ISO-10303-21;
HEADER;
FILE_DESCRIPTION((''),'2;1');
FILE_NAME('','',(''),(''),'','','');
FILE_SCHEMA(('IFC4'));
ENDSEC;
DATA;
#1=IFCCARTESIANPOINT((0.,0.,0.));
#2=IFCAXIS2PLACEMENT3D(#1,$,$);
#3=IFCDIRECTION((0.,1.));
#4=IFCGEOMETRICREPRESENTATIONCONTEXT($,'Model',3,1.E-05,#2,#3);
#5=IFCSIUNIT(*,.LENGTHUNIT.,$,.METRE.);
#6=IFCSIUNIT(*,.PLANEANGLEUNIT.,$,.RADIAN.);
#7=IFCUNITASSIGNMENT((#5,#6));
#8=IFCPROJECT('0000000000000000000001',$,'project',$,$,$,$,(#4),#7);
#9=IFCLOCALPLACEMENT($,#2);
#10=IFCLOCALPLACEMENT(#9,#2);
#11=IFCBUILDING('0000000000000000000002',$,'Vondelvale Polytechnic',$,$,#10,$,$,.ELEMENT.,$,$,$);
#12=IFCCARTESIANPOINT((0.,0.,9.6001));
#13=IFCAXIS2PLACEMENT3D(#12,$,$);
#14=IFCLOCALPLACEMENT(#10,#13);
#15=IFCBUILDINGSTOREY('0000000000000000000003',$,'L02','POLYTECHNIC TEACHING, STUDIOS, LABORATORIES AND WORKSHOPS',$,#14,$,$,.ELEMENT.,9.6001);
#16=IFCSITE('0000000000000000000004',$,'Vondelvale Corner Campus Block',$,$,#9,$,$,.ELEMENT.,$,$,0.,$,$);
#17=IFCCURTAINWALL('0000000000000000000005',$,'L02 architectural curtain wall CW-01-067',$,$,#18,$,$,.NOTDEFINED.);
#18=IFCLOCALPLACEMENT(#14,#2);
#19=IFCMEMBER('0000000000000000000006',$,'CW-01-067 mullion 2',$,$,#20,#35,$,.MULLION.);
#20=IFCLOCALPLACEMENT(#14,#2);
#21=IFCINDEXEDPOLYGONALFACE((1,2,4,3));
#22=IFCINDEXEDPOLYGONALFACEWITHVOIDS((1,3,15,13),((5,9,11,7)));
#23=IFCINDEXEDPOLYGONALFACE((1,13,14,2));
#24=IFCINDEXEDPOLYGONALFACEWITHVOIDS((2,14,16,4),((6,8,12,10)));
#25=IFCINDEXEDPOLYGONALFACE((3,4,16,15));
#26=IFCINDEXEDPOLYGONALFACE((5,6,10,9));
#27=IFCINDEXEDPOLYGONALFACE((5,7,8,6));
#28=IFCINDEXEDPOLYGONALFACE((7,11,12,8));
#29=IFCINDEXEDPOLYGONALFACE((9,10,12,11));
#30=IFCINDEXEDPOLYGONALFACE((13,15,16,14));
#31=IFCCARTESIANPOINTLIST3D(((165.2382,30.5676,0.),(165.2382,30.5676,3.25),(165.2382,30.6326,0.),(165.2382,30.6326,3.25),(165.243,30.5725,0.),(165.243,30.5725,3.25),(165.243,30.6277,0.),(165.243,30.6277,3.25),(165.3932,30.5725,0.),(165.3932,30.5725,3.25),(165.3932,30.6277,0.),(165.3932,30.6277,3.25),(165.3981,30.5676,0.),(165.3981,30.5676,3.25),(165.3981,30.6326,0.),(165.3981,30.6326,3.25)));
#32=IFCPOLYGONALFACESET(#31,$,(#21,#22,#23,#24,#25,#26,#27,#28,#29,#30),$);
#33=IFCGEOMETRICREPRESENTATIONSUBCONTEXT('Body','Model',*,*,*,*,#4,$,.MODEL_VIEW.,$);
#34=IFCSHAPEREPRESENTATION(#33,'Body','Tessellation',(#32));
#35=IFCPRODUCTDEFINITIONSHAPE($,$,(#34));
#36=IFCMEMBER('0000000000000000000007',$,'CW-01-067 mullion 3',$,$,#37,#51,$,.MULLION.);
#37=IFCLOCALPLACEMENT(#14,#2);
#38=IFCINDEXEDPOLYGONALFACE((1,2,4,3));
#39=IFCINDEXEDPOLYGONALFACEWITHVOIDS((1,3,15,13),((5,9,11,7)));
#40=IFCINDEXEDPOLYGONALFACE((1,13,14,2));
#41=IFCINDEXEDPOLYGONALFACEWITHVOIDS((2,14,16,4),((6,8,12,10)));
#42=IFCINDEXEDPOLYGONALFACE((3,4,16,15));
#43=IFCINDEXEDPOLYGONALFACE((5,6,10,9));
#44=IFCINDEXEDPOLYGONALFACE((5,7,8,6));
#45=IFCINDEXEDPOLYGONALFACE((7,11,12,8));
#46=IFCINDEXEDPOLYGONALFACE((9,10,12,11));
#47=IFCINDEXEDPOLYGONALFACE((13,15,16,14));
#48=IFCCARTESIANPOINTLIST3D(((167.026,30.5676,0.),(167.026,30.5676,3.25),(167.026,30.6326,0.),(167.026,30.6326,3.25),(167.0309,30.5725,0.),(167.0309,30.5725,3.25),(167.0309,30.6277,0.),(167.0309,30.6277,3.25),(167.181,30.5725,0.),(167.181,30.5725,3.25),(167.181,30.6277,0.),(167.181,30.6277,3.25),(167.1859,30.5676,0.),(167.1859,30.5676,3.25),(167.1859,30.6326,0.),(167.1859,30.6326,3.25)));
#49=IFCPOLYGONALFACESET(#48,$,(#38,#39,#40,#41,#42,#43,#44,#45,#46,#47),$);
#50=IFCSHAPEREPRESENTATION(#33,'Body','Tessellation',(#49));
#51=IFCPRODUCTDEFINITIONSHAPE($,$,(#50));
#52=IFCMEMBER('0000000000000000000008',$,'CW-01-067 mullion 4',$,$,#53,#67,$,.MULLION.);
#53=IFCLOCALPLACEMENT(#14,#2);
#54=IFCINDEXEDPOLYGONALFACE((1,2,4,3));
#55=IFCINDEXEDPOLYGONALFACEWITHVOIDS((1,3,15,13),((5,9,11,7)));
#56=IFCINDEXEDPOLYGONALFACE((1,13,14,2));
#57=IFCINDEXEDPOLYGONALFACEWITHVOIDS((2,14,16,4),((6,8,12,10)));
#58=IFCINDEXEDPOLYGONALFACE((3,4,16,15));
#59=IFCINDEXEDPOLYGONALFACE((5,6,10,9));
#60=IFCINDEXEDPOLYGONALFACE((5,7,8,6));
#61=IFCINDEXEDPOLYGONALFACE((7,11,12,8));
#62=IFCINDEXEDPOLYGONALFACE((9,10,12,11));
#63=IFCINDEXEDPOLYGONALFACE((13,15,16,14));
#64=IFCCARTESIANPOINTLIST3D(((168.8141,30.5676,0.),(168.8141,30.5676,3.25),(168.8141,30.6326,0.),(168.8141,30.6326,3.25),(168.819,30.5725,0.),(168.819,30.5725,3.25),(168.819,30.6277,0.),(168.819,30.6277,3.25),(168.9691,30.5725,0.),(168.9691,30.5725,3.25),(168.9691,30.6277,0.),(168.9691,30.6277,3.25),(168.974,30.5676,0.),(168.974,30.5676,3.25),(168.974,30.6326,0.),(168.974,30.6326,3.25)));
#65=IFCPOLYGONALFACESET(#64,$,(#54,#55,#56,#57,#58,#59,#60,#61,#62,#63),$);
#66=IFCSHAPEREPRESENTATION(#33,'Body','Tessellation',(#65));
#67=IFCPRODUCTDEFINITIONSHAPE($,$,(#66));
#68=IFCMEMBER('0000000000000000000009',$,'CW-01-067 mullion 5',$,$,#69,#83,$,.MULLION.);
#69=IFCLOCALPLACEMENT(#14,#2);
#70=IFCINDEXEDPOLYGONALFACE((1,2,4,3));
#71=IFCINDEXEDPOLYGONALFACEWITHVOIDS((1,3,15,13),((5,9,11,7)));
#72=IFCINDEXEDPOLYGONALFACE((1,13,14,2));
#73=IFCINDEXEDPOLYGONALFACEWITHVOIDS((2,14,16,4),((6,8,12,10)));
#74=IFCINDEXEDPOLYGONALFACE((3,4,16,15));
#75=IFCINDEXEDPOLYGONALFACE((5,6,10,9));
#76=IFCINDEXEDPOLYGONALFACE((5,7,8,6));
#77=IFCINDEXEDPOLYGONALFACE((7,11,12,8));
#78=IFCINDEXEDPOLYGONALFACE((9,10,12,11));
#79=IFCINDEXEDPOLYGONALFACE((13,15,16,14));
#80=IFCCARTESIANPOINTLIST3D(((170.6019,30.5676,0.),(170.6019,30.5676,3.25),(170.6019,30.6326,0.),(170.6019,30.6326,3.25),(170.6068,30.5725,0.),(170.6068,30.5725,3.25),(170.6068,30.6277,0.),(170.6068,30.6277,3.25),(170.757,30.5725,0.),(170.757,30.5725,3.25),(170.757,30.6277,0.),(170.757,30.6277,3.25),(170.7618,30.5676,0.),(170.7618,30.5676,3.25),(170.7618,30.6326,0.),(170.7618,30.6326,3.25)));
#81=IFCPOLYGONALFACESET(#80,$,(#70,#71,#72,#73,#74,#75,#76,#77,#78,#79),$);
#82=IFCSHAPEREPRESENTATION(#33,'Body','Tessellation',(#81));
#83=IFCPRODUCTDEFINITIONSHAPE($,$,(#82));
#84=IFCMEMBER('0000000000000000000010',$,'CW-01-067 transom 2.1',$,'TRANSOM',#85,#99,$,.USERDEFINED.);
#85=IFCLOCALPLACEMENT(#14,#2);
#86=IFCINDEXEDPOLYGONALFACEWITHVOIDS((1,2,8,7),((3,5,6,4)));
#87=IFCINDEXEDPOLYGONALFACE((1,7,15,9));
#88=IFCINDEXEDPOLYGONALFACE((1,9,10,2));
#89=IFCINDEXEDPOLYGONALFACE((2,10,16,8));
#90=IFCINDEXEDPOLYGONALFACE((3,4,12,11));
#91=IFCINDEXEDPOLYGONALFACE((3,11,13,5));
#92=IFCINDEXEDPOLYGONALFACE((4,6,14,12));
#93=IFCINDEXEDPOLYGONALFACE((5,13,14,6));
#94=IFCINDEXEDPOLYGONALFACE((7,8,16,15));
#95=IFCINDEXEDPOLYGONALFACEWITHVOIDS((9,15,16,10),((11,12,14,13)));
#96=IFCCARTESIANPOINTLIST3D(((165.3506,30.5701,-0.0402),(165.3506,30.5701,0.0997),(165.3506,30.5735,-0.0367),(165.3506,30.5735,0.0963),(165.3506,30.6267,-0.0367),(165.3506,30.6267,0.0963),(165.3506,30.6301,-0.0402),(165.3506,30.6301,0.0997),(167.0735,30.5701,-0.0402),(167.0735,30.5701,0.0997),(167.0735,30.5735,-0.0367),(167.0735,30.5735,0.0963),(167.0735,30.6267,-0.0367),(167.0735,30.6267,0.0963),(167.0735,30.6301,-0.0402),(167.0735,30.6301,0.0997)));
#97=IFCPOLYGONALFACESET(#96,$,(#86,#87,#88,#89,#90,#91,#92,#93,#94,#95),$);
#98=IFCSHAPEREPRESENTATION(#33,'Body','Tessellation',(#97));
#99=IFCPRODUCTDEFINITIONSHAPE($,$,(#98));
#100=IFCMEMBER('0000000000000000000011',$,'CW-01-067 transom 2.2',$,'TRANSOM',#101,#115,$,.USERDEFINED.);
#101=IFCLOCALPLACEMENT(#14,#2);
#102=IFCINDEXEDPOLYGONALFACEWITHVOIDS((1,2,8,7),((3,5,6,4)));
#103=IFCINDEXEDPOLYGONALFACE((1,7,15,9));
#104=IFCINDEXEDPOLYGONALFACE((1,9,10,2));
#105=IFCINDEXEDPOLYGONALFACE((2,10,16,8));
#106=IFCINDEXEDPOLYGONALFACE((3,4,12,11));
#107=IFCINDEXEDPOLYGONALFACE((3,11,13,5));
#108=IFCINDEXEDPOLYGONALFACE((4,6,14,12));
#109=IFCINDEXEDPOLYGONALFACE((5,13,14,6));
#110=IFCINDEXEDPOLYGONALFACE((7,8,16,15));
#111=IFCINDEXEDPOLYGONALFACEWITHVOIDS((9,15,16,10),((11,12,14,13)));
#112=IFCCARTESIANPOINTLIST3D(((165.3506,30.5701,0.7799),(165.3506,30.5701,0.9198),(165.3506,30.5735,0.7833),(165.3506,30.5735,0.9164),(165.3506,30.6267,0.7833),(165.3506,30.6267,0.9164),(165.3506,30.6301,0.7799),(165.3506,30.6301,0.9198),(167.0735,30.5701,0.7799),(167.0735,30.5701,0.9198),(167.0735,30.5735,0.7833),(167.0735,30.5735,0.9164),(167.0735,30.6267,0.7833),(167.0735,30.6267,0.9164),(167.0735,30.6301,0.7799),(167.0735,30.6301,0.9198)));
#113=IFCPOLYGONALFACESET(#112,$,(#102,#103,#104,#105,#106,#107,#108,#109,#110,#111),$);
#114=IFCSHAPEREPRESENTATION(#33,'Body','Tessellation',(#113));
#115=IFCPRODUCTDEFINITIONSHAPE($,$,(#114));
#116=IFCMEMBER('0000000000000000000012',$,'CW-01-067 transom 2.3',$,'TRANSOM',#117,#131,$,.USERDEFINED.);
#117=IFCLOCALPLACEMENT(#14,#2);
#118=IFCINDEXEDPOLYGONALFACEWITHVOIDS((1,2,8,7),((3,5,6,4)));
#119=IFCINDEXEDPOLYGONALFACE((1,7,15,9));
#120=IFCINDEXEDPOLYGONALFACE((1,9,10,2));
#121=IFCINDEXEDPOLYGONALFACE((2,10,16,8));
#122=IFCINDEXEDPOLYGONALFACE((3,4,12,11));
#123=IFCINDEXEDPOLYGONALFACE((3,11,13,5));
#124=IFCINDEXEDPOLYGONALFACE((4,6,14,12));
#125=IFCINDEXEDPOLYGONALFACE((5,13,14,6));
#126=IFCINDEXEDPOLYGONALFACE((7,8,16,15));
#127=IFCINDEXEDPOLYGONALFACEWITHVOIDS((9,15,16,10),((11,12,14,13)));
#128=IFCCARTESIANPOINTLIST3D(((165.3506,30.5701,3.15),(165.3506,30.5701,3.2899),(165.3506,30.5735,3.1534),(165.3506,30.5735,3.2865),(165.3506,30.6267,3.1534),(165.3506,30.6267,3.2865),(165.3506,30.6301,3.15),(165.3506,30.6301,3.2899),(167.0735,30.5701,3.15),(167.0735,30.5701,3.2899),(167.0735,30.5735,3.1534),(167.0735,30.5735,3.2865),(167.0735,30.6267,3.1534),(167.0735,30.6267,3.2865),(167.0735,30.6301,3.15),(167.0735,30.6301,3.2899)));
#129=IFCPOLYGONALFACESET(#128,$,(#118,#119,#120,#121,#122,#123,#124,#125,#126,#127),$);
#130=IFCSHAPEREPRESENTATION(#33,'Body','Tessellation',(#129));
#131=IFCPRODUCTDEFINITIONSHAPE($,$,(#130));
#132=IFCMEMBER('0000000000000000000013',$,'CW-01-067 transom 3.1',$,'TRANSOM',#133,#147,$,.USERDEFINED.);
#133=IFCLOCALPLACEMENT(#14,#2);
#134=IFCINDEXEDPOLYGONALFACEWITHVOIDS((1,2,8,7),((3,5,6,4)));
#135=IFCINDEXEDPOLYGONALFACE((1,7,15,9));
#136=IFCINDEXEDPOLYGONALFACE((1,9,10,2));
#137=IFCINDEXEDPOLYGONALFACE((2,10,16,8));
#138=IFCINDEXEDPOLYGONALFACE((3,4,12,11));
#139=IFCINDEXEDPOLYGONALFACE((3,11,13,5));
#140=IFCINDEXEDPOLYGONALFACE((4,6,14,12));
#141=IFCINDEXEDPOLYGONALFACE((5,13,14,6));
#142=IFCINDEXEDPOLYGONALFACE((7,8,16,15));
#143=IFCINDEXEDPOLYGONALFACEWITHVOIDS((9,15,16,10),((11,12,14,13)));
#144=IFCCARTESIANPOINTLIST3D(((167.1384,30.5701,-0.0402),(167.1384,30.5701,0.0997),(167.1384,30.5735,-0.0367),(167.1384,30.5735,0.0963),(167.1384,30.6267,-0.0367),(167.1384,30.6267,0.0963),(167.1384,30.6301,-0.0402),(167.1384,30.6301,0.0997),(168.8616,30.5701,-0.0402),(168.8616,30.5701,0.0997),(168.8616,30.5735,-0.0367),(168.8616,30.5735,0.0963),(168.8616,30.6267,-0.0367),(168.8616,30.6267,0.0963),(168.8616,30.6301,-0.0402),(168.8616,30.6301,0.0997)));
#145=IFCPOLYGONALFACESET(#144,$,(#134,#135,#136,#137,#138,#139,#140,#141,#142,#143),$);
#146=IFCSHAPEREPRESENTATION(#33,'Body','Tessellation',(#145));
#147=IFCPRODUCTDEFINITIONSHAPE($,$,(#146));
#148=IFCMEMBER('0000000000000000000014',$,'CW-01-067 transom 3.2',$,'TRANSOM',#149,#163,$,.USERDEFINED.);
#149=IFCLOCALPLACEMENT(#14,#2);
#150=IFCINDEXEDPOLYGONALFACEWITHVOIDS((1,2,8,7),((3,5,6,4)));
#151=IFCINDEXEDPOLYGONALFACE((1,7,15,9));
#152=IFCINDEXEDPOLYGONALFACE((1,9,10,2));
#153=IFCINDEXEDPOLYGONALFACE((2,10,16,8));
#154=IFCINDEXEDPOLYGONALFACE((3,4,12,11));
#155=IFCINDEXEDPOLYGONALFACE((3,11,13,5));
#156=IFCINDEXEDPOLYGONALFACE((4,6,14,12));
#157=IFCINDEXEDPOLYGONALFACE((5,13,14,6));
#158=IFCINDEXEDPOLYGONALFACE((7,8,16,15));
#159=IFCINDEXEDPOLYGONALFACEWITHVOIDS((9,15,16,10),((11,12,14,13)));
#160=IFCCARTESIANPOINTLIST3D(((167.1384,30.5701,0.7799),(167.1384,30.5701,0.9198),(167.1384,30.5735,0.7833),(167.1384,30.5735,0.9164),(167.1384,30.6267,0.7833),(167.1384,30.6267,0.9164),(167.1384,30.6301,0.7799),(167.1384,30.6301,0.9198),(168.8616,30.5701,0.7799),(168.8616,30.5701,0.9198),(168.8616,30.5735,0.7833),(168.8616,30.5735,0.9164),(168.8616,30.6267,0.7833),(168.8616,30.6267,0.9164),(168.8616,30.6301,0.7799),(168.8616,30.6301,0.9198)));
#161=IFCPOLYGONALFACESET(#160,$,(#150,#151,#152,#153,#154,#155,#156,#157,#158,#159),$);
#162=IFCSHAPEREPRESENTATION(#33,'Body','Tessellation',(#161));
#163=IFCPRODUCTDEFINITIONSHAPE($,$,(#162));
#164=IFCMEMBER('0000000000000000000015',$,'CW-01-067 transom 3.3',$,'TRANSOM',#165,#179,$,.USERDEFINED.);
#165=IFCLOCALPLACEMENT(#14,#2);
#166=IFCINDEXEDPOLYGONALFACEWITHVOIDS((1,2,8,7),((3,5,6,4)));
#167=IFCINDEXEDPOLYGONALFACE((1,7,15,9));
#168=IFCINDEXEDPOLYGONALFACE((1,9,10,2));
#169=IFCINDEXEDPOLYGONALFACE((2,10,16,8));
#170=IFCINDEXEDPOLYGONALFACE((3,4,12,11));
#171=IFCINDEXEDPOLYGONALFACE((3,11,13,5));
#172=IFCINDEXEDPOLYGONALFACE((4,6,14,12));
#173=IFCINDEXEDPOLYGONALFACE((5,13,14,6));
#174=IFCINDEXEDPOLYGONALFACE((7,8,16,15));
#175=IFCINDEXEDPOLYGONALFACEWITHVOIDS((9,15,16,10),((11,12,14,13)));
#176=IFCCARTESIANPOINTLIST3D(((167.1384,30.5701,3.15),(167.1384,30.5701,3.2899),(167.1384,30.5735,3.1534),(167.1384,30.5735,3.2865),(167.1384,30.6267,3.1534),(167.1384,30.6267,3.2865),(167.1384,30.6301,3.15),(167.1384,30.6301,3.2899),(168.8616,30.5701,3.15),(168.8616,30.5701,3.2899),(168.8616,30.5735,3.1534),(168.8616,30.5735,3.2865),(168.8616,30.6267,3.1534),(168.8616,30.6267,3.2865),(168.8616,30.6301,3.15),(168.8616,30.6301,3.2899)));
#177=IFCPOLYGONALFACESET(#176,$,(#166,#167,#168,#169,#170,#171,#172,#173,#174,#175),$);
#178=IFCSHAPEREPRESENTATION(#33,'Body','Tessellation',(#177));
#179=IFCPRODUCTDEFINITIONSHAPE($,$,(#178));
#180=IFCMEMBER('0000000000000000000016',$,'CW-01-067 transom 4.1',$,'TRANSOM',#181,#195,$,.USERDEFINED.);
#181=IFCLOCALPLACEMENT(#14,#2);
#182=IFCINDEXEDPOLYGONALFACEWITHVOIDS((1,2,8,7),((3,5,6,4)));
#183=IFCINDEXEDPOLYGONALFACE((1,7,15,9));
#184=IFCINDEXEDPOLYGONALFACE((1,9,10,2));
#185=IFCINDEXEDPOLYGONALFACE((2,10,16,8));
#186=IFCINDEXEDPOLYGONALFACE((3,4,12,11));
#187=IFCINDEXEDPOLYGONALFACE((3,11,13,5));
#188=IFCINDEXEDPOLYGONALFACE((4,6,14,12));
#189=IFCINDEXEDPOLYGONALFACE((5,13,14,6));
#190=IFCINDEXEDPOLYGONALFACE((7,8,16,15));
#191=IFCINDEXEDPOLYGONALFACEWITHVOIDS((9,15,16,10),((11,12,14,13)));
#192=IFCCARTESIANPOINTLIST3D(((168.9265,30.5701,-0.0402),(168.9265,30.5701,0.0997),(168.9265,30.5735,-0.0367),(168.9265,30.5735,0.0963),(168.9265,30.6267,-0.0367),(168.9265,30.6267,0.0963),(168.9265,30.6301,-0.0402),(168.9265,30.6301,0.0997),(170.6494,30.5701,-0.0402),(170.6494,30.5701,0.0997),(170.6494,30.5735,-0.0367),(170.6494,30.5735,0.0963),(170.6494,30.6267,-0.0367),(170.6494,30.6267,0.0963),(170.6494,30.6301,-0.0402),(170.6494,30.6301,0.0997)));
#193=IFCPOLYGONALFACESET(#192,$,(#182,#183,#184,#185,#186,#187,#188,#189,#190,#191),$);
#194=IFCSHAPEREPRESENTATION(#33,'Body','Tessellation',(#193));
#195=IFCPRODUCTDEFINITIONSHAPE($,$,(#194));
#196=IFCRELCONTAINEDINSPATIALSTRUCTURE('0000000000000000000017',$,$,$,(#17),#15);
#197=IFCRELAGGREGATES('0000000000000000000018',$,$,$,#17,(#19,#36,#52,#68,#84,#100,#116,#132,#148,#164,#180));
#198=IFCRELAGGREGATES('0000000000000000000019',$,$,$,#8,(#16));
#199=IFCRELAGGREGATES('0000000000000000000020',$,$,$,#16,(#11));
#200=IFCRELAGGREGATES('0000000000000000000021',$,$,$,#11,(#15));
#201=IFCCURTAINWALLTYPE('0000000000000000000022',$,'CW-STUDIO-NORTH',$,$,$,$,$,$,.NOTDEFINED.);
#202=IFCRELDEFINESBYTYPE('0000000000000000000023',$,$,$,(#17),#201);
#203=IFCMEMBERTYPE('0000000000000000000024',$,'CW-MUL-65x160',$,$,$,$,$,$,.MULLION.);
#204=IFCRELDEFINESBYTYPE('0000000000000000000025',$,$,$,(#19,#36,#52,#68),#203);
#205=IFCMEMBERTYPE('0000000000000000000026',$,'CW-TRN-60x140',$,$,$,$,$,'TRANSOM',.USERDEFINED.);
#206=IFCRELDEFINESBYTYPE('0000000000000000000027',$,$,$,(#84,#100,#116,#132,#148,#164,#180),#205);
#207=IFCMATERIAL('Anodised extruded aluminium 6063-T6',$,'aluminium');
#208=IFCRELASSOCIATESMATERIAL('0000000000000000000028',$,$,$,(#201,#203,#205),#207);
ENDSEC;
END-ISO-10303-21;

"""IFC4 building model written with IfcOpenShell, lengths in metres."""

from ifc_helpers import new_model, si_unit, direction, frame, origin, origin_2d, place, context, subcontext, project, spatial, hollow_rectangle, extrude, material, material_profile, profile_set, type_object, element, aggregate, save


model = new_model("IFC4")

# Units and contexts
model_context = context("Model", 3, precision=1e-05, world=origin(), true_north=direction((0.0, 1.0)))
body_context = subcontext(model_context, "Body", "Model", "MODEL_VIEW")
ifc_project = project(units=[si_unit("LENGTHUNIT", "METRE"), si_unit("PLANEANGLEUNIT", "RADIAN")], contexts=[model_context])

# Site, building, storey
site_placement = place(None, origin())
site = spatial("IfcSite", under=ifc_project, at=site_placement, Name="Vondelvale Corner Campus Block", CompositionType="ELEMENT", RefElevation=0.0)
building_placement = place(site_placement, origin())
building = spatial("IfcBuilding", under=site, at=building_placement, Name="Vondelvale Polytechnic", CompositionType="ELEMENT")
storey_placement = place(building_placement, frame((0.0, 0.0, 9.6001)))
storey = spatial("IfcBuildingStorey", under=building, at=storey_placement, Name="L02", Description="POLYTECHNIC TEACHING, STUDIOS, LABORATORIES AND WORKSHOPS", CompositionType="ELEMENT", Elevation=9.6001)

# Curtain wall, members
ifc_material_1 = material(Name="Anodised extruded aluminium 6063-T6", Category="aluminium")
curtain_wall_type = type_object("IfcCurtainWallType", Name="CW-STUDIO-NORTH", PredefinedType="NOTDEFINED", material=ifc_material_1)
curtain_wall_placement = place(storey_placement, origin())
curtain_wall = element("IfcCurtainWall", 1, at=curtain_wall_placement, inside=storey, type_object=curtain_wall_type, Name="L02 architectural curtain wall CW-01-067", PredefinedType="NOTDEFINED")
ifc_material_profile_1 = material_profile(ifc_material_1, hollow_rectangle(XDim=0.0649, YDim=0.1599, WallThickness=0.0049, at=origin_2d()), Name="CW-MUL-160x65")
ifc_profile_set_1 = profile_set([ifc_material_profile_1], Name="Anodised extruded aluminium 6063-T6")
member_type_1 = type_object("IfcMemberType", Name="CW-MUL-65x160", PredefinedType="MULLION", material=ifc_profile_set_1)
member_1_placement = place(storey_placement, frame((165.3181, 30.6001, 0.0), z_axis=(0.0, 0.0, 1.0), x_axis=(0.0, 1.0, 0.0)))
member_1 = element("IfcMember", 2, at=member_1_placement, type_object=member_type_1, Name="CW-01-067 mullion 2", PredefinedType="MULLION", context=body_context, shape_type="SweptSolid", body=[
    extrude(hollow_rectangle(XDim=0.0649, YDim=0.1599, WallThickness=0.0049, at=origin_2d()), origin(), (0.0, 0.0, 1.0), 3.25),
])
member_2_placement = place(storey_placement, frame((167.106, 30.6001, 0.0), z_axis=(0.0, 0.0, 1.0), x_axis=(0.0, 1.0, 0.0)))
member_2 = element("IfcMember", 3, at=member_2_placement, type_object=member_type_1, Name="CW-01-067 mullion 3", PredefinedType="MULLION", context=body_context, shape_type="SweptSolid", body=[
    extrude(hollow_rectangle(XDim=0.0649, YDim=0.1599, WallThickness=0.0049, at=origin_2d()), origin(), (0.0, 0.0, 1.0), 3.25),
])
member_3_placement = place(storey_placement, frame((168.894, 30.6001, 0.0), z_axis=(0.0, 0.0, 1.0), x_axis=(0.0, 1.0, 0.0)))
member_3 = element("IfcMember", 4, at=member_3_placement, type_object=member_type_1, Name="CW-01-067 mullion 4", PredefinedType="MULLION", context=body_context, shape_type="SweptSolid", body=[
    extrude(hollow_rectangle(XDim=0.0649, YDim=0.1599, WallThickness=0.0049, at=origin_2d()), origin(), (0.0, 0.0, 1.0), 3.25),
])
member_4_placement = place(storey_placement, frame((170.6819, 30.6001, 0.0), z_axis=(0.0, 0.0, 1.0), x_axis=(0.0, 1.0, 0.0)))
member_4 = element("IfcMember", 5, at=member_4_placement, type_object=member_type_1, Name="CW-01-067 mullion 5", PredefinedType="MULLION", context=body_context, shape_type="SweptSolid", body=[
    extrude(hollow_rectangle(XDim=0.0649, YDim=0.1599, WallThickness=0.0049, at=origin_2d()), origin(), (0.0, 0.0, 1.0), 3.25),
])
ifc_material_profile_2 = material_profile(ifc_material_1, hollow_rectangle(XDim=0.0601, YDim=0.1399, WallThickness=0.0034, at=origin_2d()), Name="CW-TRN-140x60")
ifc_profile_set_2 = profile_set([ifc_material_profile_2], Name="Anodised extruded aluminium 6063-T6")
member_type_2 = type_object("IfcMemberType", Name="CW-TRN-60x140", ElementType="TRANSOM", PredefinedType="USERDEFINED", material=ifc_profile_set_2)
member_5_placement = place(storey_placement, frame((165.3506, 30.6001, 0.0298), z_axis=(1.0, 0.0, 0.0), x_axis=(0.0, 1.0, 0.0)))
member_5 = element("IfcMember", 6, at=member_5_placement, type_object=member_type_2, Name="CW-01-067 transom 2.1", ObjectType="TRANSOM", PredefinedType="USERDEFINED", context=body_context, shape_type="SweptSolid", body=[
    extrude(hollow_rectangle(XDim=0.0601, YDim=0.1399, WallThickness=0.0034, at=origin_2d()), origin(), (0.0, 0.0, 1.0), 1.7229),
])
member_6_placement = place(storey_placement, frame((165.3506, 30.6001, 0.8499), z_axis=(1.0, 0.0, 0.0), x_axis=(0.0, 1.0, 0.0)))
member_6 = element("IfcMember", 7, at=member_6_placement, type_object=member_type_2, Name="CW-01-067 transom 2.2", ObjectType="TRANSOM", PredefinedType="USERDEFINED", context=body_context, shape_type="SweptSolid", body=[
    extrude(hollow_rectangle(XDim=0.0601, YDim=0.1399, WallThickness=0.0034, at=origin_2d()), origin(), (0.0, 0.0, 1.0), 1.7229),
])
member_7_placement = place(storey_placement, frame((165.3506, 30.6001, 3.22), z_axis=(1.0, 0.0, 0.0), x_axis=(0.0, 1.0, 0.0)))
member_7 = element("IfcMember", 8, at=member_7_placement, type_object=member_type_2, Name="CW-01-067 transom 2.3", ObjectType="TRANSOM", PredefinedType="USERDEFINED", context=body_context, shape_type="SweptSolid", body=[
    extrude(hollow_rectangle(XDim=0.0601, YDim=0.1399, WallThickness=0.0034, at=origin_2d()), origin(), (0.0, 0.0, 1.0), 1.7229),
])
member_8_placement = place(storey_placement, frame((167.1384, 30.6001, 0.0298), z_axis=(1.0, 0.0, 0.0), x_axis=(0.0, 1.0, 0.0)))
member_8 = element("IfcMember", 9, at=member_8_placement, type_object=member_type_2, Name="CW-01-067 transom 3.1", ObjectType="TRANSOM", PredefinedType="USERDEFINED", context=body_context, shape_type="SweptSolid", body=[
    extrude(hollow_rectangle(XDim=0.0601, YDim=0.1399, WallThickness=0.0034, at=origin_2d()), origin(), (0.0, 0.0, 1.0), 1.7231),
])
member_9_placement = place(storey_placement, frame((167.1384, 30.6001, 0.8499), z_axis=(1.0, 0.0, 0.0), x_axis=(0.0, 1.0, 0.0)))
member_9 = element("IfcMember", 10, at=member_9_placement, type_object=member_type_2, Name="CW-01-067 transom 3.2", ObjectType="TRANSOM", PredefinedType="USERDEFINED", context=body_context, shape_type="SweptSolid", body=[
    extrude(hollow_rectangle(XDim=0.0601, YDim=0.1399, WallThickness=0.0034, at=origin_2d()), origin(), (0.0, 0.0, 1.0), 1.7231),
])
member_10_placement = place(storey_placement, frame((167.1384, 30.6001, 3.22), z_axis=(1.0, 0.0, 0.0), x_axis=(0.0, 1.0, 0.0)))
member_10 = element("IfcMember", 11, at=member_10_placement, type_object=member_type_2, Name="CW-01-067 transom 3.3", ObjectType="TRANSOM", PredefinedType="USERDEFINED", context=body_context, shape_type="SweptSolid", body=[
    extrude(hollow_rectangle(XDim=0.0601, YDim=0.1399, WallThickness=0.0034, at=origin_2d()), origin(), (0.0, 0.0, 1.0), 1.7231),
])
member_11_placement = place(storey_placement, frame((168.9265, 30.6001, 0.0298), z_axis=(1.0, 0.0, 0.0), x_axis=(0.0, 1.0, 0.0)))
member_11 = element("IfcMember", 12, at=member_11_placement, type_object=member_type_2, Name="CW-01-067 transom 4.1", ObjectType="TRANSOM", PredefinedType="USERDEFINED", context=body_context, shape_type="SweptSolid", body=[
    extrude(hollow_rectangle(XDim=0.0601, YDim=0.1399, WallThickness=0.0034, at=origin_2d()), origin(), (0.0, 0.0, 1.0), 1.7229),
])
aggregate(curtain_wall, [member_1, member_2, member_3, member_4, member_5, member_6, member_7, member_8, member_9, member_10, member_11])

save(model, "model.ifc")
